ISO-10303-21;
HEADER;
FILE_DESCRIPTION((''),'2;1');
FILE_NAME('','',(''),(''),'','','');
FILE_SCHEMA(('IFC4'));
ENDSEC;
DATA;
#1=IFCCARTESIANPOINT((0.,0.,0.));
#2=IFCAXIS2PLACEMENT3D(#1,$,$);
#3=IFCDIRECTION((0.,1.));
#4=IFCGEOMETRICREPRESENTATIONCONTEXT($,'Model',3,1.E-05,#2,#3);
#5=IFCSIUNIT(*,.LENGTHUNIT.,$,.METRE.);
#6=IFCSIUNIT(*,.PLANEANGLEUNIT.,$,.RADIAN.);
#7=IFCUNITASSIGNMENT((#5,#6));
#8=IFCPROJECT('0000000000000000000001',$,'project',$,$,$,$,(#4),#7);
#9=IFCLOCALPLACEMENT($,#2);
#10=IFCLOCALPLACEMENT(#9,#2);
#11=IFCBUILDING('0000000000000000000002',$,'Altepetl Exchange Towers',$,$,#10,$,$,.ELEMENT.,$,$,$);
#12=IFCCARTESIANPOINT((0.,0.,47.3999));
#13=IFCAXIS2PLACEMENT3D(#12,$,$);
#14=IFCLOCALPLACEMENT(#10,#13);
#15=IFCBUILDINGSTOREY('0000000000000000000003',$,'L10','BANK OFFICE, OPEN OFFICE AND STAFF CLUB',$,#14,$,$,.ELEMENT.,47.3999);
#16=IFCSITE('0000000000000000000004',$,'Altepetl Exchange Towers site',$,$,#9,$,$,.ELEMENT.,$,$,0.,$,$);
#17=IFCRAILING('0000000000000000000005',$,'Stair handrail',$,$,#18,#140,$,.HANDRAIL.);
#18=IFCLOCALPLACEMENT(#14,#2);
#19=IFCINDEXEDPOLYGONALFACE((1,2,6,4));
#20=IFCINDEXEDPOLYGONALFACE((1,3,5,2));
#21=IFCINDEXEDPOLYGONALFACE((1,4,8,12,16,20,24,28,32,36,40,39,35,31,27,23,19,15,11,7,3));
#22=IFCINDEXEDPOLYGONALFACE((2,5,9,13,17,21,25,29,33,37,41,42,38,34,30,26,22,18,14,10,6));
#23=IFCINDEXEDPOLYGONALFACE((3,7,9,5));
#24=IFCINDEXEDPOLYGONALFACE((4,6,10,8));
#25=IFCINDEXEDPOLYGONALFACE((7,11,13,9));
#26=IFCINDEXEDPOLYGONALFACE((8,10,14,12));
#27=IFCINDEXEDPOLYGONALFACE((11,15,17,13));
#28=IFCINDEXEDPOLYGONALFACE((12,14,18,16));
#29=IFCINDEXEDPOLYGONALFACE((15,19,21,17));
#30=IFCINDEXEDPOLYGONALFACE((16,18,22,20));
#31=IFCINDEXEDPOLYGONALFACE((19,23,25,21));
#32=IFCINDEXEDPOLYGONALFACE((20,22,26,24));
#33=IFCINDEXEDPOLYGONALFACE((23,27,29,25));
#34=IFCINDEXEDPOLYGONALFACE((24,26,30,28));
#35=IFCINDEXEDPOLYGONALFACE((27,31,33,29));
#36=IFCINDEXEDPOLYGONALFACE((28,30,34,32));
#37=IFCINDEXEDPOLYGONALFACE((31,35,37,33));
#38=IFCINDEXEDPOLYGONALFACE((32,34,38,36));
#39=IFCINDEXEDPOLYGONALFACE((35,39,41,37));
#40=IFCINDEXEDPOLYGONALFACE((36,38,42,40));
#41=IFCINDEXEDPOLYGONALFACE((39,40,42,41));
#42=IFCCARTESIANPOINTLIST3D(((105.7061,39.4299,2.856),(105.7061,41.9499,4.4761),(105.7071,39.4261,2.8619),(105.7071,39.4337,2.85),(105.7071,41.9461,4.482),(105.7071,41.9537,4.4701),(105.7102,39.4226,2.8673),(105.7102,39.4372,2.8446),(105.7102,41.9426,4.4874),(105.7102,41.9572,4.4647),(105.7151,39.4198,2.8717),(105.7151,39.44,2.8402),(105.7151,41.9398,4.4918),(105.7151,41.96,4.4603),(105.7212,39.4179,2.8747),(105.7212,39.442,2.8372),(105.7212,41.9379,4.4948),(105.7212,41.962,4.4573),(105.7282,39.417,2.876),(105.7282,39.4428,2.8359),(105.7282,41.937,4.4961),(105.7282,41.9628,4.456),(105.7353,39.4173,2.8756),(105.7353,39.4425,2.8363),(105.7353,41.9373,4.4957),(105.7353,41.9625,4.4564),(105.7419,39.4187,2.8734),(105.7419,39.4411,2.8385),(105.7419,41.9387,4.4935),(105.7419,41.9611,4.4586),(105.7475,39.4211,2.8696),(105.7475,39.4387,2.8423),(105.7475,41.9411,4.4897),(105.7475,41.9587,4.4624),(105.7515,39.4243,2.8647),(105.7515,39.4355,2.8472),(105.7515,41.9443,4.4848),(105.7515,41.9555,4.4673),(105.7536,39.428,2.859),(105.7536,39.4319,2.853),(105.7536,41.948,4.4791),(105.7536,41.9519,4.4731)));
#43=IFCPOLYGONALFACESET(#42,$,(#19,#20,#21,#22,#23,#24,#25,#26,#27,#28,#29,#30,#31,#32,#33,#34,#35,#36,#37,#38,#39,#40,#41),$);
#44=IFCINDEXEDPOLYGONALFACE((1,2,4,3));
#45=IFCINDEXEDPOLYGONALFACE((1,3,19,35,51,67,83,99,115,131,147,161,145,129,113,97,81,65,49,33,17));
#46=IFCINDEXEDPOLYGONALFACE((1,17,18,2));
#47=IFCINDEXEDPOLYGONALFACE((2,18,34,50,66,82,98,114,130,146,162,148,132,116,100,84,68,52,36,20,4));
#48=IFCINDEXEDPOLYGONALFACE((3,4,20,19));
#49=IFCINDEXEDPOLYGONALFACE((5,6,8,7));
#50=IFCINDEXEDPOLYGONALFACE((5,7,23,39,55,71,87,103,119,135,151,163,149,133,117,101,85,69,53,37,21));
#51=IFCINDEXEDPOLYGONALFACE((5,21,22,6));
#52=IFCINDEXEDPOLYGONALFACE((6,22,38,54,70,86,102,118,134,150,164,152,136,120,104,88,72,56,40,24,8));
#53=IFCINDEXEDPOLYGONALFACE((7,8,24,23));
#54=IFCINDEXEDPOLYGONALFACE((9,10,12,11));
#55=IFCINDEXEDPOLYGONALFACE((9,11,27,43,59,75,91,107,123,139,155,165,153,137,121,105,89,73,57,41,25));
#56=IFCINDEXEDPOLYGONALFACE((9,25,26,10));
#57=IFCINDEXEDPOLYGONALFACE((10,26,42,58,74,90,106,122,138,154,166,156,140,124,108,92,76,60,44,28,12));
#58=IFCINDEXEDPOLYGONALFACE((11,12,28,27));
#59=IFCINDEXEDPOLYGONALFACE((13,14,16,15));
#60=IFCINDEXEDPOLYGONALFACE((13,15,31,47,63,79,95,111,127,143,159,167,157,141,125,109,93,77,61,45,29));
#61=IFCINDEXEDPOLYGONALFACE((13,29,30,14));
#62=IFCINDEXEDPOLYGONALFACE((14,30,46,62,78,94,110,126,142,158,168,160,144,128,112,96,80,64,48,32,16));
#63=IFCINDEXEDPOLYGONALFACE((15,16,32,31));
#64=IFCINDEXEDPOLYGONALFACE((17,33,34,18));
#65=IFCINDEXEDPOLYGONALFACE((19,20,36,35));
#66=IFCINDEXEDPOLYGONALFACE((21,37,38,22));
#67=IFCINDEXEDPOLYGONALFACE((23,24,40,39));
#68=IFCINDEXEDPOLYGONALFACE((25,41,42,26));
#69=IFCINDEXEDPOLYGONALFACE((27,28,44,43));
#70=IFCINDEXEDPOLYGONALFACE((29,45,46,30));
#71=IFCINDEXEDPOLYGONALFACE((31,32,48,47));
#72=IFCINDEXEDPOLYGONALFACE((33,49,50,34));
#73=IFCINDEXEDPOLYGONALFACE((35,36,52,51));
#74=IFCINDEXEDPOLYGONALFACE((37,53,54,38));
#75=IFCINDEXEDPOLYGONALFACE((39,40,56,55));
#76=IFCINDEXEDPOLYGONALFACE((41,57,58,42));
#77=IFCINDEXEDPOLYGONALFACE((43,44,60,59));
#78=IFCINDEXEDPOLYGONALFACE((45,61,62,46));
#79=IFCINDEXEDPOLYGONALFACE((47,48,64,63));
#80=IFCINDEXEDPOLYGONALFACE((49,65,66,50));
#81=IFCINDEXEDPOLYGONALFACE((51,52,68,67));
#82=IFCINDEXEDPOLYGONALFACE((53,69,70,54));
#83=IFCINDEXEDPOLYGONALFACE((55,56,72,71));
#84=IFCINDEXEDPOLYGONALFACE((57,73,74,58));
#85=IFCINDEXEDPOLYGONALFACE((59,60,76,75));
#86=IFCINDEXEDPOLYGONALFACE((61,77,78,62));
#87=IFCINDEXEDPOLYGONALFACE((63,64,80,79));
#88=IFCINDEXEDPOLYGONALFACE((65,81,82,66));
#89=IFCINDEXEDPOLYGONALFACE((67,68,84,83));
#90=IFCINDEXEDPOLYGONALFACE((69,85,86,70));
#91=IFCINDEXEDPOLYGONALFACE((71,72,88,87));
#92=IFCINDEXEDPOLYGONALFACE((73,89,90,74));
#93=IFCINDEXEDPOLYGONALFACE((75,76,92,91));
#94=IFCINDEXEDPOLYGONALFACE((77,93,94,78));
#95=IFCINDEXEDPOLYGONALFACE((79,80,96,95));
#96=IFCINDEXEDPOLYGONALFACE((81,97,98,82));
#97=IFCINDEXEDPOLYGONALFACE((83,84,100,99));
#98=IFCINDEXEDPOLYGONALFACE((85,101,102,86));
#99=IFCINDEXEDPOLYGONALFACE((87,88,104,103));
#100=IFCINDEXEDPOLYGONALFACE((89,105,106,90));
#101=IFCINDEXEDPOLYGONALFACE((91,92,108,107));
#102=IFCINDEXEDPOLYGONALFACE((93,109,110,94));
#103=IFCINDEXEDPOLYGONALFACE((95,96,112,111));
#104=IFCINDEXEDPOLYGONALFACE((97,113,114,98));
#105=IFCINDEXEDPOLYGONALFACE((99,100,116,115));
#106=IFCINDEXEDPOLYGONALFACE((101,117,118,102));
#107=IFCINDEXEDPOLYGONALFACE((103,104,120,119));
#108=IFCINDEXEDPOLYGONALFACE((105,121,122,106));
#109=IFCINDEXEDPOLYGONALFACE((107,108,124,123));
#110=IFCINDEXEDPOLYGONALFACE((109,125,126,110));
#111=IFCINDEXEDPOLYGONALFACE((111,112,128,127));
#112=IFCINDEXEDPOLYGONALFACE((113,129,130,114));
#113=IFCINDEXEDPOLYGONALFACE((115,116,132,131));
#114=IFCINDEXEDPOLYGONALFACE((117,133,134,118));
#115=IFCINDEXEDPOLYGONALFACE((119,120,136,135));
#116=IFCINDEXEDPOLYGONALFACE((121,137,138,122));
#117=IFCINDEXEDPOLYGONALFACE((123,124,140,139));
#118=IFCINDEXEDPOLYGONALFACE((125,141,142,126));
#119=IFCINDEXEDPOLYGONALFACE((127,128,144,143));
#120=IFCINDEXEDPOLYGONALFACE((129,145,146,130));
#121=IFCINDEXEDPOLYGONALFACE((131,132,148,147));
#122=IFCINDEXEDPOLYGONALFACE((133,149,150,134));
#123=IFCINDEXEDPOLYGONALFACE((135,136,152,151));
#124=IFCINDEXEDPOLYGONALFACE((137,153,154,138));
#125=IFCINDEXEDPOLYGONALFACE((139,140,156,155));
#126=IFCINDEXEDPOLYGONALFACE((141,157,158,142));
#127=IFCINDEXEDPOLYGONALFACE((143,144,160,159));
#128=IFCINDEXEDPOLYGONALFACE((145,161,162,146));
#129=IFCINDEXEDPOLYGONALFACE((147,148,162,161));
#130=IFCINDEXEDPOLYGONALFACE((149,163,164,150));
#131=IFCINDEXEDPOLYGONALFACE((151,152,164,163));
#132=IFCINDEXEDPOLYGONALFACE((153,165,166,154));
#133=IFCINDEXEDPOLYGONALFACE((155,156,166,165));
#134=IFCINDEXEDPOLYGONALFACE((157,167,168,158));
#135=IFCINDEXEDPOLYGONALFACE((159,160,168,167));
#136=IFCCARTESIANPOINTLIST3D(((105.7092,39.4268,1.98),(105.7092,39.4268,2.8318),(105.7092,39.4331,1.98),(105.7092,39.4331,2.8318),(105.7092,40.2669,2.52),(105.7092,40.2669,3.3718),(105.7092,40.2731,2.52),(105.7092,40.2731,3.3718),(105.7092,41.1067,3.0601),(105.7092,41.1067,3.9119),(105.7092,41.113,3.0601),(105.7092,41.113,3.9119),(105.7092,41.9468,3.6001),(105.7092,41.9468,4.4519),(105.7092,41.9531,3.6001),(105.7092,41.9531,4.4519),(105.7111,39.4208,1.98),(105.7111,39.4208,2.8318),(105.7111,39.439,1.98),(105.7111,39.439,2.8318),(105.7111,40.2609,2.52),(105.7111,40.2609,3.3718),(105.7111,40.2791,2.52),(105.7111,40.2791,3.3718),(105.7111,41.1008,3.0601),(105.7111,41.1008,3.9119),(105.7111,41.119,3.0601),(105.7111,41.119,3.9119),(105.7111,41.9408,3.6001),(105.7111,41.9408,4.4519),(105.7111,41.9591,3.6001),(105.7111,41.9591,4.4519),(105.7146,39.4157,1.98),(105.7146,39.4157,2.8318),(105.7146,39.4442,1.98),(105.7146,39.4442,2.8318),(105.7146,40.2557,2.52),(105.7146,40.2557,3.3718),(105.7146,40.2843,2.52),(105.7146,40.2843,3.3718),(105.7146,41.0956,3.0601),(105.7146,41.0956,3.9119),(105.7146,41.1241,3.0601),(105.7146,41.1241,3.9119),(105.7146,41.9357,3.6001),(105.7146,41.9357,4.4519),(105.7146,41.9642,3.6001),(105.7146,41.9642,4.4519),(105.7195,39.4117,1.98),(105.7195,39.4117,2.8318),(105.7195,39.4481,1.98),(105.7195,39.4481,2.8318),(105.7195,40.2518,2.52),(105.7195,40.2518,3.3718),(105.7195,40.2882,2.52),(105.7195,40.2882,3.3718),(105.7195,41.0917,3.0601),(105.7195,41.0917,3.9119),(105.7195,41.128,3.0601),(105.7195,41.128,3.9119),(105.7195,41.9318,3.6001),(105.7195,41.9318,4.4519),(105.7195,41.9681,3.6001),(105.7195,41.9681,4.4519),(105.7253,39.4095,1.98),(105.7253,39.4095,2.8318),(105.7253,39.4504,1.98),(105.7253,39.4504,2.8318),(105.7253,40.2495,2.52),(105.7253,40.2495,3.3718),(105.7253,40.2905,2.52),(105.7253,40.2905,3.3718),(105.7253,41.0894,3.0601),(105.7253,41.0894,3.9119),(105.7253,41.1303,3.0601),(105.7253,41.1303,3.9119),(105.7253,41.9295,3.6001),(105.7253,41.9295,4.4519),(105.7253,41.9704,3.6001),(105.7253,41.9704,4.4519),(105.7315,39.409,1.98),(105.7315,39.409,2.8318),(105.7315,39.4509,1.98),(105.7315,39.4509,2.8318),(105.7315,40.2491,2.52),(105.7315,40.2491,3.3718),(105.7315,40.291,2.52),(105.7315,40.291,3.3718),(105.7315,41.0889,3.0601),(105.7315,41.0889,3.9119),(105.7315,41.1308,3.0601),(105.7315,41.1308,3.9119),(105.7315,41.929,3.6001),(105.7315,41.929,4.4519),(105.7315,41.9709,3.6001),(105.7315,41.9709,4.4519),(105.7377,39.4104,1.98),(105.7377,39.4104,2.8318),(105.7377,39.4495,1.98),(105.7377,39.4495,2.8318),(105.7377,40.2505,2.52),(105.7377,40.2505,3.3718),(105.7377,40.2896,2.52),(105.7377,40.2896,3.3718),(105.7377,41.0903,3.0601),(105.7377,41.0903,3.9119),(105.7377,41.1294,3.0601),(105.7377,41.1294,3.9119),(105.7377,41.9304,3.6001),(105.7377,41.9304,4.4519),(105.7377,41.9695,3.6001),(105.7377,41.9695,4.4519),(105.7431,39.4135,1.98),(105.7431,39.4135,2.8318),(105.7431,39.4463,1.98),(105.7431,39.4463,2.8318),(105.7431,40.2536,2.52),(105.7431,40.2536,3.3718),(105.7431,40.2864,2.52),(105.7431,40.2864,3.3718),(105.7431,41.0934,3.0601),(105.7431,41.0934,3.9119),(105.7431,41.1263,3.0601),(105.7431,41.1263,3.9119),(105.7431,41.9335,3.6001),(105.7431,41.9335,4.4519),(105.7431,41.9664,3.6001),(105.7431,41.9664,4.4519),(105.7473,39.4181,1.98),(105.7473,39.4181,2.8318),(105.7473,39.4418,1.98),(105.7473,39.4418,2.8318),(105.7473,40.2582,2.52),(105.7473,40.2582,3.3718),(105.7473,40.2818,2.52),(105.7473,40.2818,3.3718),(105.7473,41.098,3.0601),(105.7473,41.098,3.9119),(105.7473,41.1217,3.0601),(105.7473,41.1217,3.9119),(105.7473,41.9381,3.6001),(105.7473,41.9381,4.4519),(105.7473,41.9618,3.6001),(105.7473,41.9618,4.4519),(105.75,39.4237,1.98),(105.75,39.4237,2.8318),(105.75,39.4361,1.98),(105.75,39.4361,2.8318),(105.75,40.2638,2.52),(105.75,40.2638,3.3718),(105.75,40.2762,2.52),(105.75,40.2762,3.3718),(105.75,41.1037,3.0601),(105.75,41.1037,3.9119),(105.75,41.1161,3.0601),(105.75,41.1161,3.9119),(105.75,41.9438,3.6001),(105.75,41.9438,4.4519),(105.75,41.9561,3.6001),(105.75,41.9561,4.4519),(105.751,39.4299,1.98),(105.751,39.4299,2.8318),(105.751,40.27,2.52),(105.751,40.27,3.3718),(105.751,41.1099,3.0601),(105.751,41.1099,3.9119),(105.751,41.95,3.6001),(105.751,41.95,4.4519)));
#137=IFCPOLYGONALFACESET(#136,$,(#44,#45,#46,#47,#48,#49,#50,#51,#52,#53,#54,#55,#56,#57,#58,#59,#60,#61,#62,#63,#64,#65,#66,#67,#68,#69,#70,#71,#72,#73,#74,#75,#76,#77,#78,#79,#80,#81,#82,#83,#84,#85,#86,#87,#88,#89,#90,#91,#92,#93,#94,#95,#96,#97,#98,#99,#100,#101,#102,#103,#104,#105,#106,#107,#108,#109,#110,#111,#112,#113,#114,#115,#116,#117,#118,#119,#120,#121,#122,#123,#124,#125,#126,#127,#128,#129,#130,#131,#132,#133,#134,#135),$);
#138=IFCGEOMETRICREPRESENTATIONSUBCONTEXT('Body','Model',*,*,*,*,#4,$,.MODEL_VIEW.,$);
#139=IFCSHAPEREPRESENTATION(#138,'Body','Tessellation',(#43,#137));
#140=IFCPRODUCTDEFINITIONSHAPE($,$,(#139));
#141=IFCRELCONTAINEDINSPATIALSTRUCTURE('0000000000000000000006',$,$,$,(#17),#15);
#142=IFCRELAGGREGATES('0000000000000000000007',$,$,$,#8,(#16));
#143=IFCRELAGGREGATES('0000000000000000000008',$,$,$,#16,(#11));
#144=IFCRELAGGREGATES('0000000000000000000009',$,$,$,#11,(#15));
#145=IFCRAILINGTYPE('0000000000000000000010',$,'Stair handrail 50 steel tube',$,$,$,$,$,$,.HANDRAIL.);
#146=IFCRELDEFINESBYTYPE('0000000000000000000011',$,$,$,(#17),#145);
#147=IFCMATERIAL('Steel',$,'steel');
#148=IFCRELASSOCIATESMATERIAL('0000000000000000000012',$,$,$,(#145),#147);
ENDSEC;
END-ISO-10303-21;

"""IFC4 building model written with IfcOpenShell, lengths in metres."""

from ifc_helpers import new_model, si_unit, direction, frame, origin, origin_2d, place, context, subcontext, project, spatial, circle, extrude, source, transform, mapped, material, type_object, element, save


model = new_model("IFC4")

# Units and contexts
model_context = context("Model", 3, precision=1e-05, world=origin(), true_north=direction((0.0, 1.0)))
body_context = subcontext(model_context, "Body", "Model", "MODEL_VIEW")
ifc_project = project(units=[si_unit("LENGTHUNIT", "METRE"), si_unit("PLANEANGLEUNIT", "RADIAN")], contexts=[model_context])

# Site, building, storey
site_placement = place(None, origin())
site = spatial("IfcSite", under=ifc_project, at=site_placement, Name="Altepetl Exchange Towers site", CompositionType="ELEMENT", RefElevation=0.0)
building_placement = place(site_placement, origin())
building = spatial("IfcBuilding", under=site, at=building_placement, Name="Altepetl Exchange Towers", CompositionType="ELEMENT")
storey_placement = place(building_placement, frame((0.0, 0.0, 47.3999)))
storey = spatial("IfcBuildingStorey", under=building, at=storey_placement, Name="L10", Description="BANK OFFICE, OPEN OFFICE AND STAFF CLUB", CompositionType="ELEMENT", Elevation=47.3999)

# Railing
ifc_material_1 = material(Name="Steel", Category="steel")
railing_type = type_object("IfcRailingType", Name="Stair handrail 50 steel tube", PredefinedType="HANDRAIL", material=ifc_material_1)
shared_shape = source(origin(), body_context, "Body", "SweptSolid", [
    extrude(circle(Radius=0.021, at=origin_2d()), origin(), (0.0, 0.0, 1.0), 0.8518),
])
railing_1_placement = place(storey_placement, frame((105.73, 39.4299, 1.98)))
element("IfcRailing", 1, at=railing_1_placement, inside=storey, type_object=railing_type, Name="Stair handrail", PredefinedType="HANDRAIL", context=body_context, shape_type="SweptSolid", body=[
    extrude(circle(Radius=0.0239, at=origin_2d()), frame((0.0, 0.0, 0.876), z_axis=(0.0, 0.841163, 0.540782), x_axis=(-1.0, 0.0, 0.0)), (0.0, 0.0, 1.0), 2.9958),
    mapped(shared_shape, transform((0.0, 0.0, 0.0))),
    mapped(shared_shape, transform((0.0, 0.8401, 0.54))),
    mapped(shared_shape, transform((0.0, 1.6799, 1.0801))),
    mapped(shared_shape, transform((0.0, 2.52, 1.6201))),
])

save(model, "model.ifc")
